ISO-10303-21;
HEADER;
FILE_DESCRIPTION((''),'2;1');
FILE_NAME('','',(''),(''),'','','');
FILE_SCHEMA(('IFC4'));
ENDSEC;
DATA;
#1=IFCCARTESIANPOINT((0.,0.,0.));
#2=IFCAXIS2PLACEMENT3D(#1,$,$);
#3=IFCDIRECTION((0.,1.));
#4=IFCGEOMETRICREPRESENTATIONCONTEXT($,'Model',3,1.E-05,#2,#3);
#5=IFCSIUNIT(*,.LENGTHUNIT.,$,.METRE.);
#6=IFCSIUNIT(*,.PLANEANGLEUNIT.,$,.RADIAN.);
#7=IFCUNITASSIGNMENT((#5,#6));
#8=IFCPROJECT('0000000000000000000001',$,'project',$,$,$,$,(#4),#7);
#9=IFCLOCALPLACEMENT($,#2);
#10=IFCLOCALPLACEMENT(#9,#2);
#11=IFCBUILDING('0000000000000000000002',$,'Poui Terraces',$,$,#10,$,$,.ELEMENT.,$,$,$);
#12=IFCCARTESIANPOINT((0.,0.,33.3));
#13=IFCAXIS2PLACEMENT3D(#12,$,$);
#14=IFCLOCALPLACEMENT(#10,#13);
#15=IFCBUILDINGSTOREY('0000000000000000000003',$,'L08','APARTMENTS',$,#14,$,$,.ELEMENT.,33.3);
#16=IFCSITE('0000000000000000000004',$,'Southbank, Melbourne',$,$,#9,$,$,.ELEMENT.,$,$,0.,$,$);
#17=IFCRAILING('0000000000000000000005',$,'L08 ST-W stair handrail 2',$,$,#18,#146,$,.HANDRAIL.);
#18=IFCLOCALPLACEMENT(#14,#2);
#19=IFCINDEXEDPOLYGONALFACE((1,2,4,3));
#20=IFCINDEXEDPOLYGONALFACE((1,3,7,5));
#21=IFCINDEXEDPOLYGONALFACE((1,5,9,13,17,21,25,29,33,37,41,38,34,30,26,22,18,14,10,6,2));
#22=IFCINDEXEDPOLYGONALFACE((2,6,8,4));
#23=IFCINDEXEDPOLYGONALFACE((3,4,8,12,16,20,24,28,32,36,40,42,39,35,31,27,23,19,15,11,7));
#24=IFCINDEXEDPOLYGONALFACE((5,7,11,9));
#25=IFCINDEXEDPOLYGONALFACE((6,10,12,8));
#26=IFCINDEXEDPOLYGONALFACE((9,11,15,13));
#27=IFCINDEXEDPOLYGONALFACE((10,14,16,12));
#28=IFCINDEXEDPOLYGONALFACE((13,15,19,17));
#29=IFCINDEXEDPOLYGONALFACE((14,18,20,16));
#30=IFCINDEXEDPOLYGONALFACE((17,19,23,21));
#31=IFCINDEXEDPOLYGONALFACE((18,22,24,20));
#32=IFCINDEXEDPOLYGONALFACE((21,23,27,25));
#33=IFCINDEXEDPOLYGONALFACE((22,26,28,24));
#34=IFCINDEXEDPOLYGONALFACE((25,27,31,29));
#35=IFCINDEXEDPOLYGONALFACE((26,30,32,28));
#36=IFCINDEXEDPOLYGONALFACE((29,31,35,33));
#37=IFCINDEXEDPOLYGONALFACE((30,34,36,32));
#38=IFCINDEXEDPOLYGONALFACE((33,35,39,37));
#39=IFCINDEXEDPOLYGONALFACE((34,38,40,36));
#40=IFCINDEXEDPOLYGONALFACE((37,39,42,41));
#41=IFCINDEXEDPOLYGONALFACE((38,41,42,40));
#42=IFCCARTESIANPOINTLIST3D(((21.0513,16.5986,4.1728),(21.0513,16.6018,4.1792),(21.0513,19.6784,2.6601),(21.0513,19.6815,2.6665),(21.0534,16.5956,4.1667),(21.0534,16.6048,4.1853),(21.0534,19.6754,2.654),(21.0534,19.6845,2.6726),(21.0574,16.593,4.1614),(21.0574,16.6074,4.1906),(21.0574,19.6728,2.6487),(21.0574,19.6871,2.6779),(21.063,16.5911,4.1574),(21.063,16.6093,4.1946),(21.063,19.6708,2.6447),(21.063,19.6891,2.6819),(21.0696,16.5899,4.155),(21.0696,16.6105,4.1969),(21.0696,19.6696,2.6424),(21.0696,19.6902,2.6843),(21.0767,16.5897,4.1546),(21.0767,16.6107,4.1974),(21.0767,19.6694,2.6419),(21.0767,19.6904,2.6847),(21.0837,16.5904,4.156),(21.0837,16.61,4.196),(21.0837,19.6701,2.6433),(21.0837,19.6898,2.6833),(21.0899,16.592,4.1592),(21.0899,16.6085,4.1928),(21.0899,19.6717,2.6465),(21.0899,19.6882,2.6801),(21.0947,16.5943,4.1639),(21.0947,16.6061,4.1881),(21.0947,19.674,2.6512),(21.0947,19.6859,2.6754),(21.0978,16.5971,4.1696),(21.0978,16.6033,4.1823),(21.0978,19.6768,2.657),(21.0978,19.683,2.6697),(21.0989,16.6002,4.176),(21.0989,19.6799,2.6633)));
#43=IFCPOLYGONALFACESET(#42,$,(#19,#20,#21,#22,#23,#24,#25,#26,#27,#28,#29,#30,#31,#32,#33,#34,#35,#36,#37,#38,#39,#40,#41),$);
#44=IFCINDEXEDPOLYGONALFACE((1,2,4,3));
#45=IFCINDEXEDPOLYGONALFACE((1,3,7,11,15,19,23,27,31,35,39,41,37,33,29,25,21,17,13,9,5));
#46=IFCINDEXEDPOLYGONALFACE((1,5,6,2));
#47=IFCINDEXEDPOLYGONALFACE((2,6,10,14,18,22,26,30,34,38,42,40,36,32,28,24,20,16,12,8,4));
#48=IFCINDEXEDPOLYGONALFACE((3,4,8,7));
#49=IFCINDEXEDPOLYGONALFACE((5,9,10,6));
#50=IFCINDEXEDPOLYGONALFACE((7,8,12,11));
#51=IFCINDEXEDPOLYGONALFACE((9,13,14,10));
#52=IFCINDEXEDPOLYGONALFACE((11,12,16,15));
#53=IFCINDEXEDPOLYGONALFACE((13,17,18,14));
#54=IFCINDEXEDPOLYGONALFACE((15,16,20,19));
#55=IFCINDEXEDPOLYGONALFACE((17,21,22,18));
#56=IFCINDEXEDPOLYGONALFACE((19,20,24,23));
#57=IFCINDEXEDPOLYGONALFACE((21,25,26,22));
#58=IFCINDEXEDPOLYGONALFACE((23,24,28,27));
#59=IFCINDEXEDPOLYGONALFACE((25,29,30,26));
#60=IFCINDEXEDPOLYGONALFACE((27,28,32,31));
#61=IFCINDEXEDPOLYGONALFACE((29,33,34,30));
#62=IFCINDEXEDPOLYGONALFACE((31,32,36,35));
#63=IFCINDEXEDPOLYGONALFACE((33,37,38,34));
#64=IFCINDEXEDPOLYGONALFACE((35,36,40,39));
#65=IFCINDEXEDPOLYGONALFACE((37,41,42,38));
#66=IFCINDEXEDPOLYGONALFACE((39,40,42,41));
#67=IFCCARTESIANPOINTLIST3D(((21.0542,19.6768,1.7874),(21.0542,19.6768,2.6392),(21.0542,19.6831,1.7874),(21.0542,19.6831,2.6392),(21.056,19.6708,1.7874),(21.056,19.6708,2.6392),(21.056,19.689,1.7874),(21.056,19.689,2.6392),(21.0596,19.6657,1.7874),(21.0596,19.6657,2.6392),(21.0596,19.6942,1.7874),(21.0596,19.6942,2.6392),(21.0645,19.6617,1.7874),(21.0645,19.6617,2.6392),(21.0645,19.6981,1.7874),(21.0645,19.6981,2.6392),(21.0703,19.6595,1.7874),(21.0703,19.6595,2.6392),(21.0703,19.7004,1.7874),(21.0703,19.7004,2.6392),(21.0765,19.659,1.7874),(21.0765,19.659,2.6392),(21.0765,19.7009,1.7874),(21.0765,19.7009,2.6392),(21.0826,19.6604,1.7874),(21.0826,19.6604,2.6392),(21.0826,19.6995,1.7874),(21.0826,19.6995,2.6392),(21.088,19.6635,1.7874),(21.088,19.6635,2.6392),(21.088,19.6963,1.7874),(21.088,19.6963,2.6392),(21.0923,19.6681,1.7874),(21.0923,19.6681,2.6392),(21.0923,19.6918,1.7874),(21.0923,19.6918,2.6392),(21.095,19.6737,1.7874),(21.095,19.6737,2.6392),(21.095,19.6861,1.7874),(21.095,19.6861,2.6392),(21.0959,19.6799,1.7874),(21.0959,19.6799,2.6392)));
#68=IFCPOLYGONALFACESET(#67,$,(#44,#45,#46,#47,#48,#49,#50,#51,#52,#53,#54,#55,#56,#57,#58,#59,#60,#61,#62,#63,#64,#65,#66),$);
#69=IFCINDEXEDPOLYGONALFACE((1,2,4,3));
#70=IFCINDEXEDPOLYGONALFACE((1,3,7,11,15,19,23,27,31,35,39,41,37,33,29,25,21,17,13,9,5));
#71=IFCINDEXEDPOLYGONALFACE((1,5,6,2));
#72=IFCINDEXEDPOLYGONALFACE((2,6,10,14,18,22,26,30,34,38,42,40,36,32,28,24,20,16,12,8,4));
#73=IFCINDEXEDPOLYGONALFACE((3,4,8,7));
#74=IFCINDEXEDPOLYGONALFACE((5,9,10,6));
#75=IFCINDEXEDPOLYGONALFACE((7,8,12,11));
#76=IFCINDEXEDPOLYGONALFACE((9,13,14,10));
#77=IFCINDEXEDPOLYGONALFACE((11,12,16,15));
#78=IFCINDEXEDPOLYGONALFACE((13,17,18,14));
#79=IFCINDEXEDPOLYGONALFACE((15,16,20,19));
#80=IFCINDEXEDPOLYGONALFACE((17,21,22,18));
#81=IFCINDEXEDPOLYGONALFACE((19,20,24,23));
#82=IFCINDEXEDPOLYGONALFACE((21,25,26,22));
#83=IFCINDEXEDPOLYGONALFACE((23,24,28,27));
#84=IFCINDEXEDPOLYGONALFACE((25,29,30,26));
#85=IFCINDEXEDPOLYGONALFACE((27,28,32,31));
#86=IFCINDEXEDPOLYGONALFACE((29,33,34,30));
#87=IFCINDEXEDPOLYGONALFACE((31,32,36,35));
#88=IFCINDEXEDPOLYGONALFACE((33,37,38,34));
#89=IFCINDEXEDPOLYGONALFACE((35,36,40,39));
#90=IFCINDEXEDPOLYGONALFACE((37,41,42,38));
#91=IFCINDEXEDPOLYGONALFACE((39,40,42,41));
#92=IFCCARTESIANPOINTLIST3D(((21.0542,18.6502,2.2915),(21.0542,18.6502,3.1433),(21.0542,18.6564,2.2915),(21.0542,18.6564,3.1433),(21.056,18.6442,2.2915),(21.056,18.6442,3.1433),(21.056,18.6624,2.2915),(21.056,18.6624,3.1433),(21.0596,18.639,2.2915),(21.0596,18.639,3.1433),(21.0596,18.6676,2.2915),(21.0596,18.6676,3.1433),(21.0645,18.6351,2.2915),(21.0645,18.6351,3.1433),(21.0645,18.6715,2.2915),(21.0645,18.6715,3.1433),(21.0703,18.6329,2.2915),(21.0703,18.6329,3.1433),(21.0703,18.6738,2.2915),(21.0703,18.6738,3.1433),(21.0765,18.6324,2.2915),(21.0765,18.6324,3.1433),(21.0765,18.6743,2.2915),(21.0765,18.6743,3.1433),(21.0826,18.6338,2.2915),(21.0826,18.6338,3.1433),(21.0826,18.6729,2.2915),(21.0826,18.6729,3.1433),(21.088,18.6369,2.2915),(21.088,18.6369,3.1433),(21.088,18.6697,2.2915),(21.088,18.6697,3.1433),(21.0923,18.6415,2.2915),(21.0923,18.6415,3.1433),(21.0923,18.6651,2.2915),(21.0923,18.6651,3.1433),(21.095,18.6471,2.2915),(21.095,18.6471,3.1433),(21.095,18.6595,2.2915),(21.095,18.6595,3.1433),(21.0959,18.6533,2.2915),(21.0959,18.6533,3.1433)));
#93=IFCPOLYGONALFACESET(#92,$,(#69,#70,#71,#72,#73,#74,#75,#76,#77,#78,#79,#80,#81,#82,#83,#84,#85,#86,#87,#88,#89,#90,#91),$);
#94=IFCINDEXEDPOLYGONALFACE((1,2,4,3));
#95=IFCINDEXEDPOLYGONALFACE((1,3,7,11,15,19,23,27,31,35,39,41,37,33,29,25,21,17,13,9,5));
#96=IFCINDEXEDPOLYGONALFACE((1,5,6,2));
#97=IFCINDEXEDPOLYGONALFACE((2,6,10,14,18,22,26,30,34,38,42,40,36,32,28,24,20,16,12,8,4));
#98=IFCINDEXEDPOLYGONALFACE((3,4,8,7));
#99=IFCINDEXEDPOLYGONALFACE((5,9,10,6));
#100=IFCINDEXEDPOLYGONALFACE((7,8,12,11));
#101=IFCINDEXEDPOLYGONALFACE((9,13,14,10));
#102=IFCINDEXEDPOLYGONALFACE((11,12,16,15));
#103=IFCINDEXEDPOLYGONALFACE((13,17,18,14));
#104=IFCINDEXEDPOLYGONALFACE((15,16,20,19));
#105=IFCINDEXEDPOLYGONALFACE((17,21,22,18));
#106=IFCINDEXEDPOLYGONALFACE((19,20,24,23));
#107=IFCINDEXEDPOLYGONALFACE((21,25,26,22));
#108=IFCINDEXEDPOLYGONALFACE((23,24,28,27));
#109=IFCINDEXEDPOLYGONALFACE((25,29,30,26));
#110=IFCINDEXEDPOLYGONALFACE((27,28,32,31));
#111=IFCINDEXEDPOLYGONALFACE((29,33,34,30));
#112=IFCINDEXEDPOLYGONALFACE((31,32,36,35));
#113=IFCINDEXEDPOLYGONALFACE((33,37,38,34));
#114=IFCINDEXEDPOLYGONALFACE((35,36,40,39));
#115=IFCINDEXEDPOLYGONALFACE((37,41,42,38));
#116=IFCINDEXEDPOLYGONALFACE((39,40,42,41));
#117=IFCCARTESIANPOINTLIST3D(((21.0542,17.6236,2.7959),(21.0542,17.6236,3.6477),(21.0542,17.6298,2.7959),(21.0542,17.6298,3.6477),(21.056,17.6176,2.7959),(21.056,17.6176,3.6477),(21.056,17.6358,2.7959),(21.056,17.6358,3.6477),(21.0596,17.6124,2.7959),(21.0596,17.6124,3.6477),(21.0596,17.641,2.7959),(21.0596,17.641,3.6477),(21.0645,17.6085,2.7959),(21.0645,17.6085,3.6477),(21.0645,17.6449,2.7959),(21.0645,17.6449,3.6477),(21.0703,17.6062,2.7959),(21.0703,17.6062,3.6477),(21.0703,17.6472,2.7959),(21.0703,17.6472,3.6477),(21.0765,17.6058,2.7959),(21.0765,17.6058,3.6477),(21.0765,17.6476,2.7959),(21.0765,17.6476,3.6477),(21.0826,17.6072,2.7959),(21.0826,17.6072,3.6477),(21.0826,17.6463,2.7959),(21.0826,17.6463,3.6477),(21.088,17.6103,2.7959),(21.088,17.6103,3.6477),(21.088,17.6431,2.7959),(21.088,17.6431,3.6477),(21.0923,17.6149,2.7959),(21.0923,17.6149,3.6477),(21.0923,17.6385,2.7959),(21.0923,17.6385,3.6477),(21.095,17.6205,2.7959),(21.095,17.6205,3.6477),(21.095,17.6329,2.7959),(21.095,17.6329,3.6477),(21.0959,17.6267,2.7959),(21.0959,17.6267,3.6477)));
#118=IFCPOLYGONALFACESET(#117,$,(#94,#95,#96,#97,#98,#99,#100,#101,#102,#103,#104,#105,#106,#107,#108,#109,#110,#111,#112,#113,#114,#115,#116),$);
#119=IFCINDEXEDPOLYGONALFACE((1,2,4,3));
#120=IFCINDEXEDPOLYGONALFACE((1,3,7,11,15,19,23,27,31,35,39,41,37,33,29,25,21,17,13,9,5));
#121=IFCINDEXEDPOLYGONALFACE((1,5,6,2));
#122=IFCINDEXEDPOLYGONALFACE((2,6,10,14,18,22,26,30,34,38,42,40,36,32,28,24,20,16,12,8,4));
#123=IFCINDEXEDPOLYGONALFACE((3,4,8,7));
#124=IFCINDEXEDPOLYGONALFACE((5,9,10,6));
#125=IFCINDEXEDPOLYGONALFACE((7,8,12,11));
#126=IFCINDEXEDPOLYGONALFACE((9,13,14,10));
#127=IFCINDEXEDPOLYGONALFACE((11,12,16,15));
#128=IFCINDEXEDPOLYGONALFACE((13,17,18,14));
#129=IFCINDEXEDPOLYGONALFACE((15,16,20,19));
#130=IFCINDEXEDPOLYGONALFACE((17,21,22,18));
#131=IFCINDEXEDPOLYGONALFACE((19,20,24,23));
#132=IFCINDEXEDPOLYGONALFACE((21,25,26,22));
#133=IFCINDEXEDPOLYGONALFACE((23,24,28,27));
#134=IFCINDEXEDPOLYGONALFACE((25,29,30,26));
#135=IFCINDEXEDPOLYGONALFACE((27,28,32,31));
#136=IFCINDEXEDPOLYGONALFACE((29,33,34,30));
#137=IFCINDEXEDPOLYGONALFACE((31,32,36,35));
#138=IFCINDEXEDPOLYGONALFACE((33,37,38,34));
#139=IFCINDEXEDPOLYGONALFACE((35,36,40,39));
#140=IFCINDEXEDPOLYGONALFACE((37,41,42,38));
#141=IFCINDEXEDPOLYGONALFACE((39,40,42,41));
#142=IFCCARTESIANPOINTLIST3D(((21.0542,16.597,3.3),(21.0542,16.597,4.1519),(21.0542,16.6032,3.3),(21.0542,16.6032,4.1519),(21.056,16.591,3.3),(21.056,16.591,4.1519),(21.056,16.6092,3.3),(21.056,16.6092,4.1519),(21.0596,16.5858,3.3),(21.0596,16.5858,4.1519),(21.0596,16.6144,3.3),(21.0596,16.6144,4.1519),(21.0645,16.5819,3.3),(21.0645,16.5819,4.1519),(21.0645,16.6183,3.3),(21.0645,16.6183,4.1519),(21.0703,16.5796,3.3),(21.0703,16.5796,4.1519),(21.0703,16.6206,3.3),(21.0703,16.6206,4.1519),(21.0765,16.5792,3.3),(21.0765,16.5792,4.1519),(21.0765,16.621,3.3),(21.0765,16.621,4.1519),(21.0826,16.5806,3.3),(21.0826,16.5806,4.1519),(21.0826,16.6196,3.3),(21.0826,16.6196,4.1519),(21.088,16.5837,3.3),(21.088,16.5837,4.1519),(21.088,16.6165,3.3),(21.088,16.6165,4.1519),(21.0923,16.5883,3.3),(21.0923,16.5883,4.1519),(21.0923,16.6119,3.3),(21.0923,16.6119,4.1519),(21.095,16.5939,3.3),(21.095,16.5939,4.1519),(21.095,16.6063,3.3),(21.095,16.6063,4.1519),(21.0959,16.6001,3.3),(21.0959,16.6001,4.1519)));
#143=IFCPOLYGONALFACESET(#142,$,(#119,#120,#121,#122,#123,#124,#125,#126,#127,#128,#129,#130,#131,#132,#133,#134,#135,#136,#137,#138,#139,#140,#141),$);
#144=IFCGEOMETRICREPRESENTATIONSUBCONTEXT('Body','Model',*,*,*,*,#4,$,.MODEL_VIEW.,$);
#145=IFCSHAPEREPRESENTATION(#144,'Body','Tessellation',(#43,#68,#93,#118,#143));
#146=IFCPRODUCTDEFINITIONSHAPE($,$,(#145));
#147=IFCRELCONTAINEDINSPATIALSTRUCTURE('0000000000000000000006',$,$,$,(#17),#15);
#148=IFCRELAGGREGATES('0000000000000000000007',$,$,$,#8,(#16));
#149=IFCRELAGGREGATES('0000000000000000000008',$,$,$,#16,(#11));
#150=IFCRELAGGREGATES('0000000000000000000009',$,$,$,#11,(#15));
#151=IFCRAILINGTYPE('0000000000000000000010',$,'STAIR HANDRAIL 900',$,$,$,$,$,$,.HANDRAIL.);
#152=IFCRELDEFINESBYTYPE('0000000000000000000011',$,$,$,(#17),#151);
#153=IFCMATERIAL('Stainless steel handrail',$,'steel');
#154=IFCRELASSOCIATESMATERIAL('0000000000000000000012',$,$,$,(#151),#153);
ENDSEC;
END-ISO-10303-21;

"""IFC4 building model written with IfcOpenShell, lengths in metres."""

from ifc_helpers import new_model, si_unit, direction, frame, origin, origin_2d, place, context, subcontext, project, spatial, circle, extrude, material, type_object, element, save


model = new_model("IFC4")

# Units and contexts
model_context = context("Model", 3, precision=1e-05, world=origin(), true_north=direction((0.0, 1.0)))
body_context = subcontext(model_context, "Body", "Model", "MODEL_VIEW")
ifc_project = project(units=[si_unit("LENGTHUNIT", "METRE"), si_unit("PLANEANGLEUNIT", "RADIAN")], contexts=[model_context])

# Site, building, storey
site_placement = place(None, origin())
site = spatial("IfcSite", under=ifc_project, at=site_placement, Name="Southbank, Melbourne", CompositionType="ELEMENT", RefElevation=0.0)
building_placement = place(site_placement, origin())
building = spatial("IfcBuilding", under=site, at=building_placement, Name="Poui Terraces", CompositionType="ELEMENT")
storey_placement = place(building_placement, frame((0.0, 0.0, 33.3)))
storey = spatial("IfcBuildingStorey", under=building, at=storey_placement, Name="L08", Description="APARTMENTS", CompositionType="ELEMENT", Elevation=33.3)

# Railing
ifc_material_1 = material(Name="Stainless steel handrail", Category="steel")
railing_type_1 = type_object("IfcRailingType", Name="STAIR HANDRAIL 900", PredefinedType="HANDRAIL", material=ifc_material_1)
railing_1_placement = place(storey_placement, frame((21.075, 19.6799, 1.7874)))
element("IfcRailing", 1, at=railing_1_placement, inside=storey, type_object=railing_type_1, Name="L08 ST-W stair handrail 2", PredefinedType="HANDRAIL", context=body_context, shape_type="SweptSolid", body=[
    extrude(circle(Radius=0.0239, at=origin_2d()), frame((0.0, 0.0, 0.876), z_axis=(0.0, -0.897578, 0.440856), x_axis=(1.0, 0.0, 0.0)), (0.0, 0.0, 1.0), 3.4312),
    extrude(circle(Radius=0.021, at=origin_2d()), origin(), (0.0, 0.0, 1.0), 0.8518),
    extrude(circle(Radius=0.021, at=origin_2d()), frame((0.0, -1.0266, 0.5042)), (0.0, 0.0, 1.0), 0.8518),
    extrude(circle(Radius=0.021, at=origin_2d()), frame((0.0, -2.0532, 1.0085)), (0.0, 0.0, 1.0), 0.8518),
    extrude(circle(Radius=0.021, at=origin_2d()), frame((0.0, -3.0798, 1.5127)), (0.0, 0.0, 1.0), 0.8518),
])

save(model, "model.ifc")
